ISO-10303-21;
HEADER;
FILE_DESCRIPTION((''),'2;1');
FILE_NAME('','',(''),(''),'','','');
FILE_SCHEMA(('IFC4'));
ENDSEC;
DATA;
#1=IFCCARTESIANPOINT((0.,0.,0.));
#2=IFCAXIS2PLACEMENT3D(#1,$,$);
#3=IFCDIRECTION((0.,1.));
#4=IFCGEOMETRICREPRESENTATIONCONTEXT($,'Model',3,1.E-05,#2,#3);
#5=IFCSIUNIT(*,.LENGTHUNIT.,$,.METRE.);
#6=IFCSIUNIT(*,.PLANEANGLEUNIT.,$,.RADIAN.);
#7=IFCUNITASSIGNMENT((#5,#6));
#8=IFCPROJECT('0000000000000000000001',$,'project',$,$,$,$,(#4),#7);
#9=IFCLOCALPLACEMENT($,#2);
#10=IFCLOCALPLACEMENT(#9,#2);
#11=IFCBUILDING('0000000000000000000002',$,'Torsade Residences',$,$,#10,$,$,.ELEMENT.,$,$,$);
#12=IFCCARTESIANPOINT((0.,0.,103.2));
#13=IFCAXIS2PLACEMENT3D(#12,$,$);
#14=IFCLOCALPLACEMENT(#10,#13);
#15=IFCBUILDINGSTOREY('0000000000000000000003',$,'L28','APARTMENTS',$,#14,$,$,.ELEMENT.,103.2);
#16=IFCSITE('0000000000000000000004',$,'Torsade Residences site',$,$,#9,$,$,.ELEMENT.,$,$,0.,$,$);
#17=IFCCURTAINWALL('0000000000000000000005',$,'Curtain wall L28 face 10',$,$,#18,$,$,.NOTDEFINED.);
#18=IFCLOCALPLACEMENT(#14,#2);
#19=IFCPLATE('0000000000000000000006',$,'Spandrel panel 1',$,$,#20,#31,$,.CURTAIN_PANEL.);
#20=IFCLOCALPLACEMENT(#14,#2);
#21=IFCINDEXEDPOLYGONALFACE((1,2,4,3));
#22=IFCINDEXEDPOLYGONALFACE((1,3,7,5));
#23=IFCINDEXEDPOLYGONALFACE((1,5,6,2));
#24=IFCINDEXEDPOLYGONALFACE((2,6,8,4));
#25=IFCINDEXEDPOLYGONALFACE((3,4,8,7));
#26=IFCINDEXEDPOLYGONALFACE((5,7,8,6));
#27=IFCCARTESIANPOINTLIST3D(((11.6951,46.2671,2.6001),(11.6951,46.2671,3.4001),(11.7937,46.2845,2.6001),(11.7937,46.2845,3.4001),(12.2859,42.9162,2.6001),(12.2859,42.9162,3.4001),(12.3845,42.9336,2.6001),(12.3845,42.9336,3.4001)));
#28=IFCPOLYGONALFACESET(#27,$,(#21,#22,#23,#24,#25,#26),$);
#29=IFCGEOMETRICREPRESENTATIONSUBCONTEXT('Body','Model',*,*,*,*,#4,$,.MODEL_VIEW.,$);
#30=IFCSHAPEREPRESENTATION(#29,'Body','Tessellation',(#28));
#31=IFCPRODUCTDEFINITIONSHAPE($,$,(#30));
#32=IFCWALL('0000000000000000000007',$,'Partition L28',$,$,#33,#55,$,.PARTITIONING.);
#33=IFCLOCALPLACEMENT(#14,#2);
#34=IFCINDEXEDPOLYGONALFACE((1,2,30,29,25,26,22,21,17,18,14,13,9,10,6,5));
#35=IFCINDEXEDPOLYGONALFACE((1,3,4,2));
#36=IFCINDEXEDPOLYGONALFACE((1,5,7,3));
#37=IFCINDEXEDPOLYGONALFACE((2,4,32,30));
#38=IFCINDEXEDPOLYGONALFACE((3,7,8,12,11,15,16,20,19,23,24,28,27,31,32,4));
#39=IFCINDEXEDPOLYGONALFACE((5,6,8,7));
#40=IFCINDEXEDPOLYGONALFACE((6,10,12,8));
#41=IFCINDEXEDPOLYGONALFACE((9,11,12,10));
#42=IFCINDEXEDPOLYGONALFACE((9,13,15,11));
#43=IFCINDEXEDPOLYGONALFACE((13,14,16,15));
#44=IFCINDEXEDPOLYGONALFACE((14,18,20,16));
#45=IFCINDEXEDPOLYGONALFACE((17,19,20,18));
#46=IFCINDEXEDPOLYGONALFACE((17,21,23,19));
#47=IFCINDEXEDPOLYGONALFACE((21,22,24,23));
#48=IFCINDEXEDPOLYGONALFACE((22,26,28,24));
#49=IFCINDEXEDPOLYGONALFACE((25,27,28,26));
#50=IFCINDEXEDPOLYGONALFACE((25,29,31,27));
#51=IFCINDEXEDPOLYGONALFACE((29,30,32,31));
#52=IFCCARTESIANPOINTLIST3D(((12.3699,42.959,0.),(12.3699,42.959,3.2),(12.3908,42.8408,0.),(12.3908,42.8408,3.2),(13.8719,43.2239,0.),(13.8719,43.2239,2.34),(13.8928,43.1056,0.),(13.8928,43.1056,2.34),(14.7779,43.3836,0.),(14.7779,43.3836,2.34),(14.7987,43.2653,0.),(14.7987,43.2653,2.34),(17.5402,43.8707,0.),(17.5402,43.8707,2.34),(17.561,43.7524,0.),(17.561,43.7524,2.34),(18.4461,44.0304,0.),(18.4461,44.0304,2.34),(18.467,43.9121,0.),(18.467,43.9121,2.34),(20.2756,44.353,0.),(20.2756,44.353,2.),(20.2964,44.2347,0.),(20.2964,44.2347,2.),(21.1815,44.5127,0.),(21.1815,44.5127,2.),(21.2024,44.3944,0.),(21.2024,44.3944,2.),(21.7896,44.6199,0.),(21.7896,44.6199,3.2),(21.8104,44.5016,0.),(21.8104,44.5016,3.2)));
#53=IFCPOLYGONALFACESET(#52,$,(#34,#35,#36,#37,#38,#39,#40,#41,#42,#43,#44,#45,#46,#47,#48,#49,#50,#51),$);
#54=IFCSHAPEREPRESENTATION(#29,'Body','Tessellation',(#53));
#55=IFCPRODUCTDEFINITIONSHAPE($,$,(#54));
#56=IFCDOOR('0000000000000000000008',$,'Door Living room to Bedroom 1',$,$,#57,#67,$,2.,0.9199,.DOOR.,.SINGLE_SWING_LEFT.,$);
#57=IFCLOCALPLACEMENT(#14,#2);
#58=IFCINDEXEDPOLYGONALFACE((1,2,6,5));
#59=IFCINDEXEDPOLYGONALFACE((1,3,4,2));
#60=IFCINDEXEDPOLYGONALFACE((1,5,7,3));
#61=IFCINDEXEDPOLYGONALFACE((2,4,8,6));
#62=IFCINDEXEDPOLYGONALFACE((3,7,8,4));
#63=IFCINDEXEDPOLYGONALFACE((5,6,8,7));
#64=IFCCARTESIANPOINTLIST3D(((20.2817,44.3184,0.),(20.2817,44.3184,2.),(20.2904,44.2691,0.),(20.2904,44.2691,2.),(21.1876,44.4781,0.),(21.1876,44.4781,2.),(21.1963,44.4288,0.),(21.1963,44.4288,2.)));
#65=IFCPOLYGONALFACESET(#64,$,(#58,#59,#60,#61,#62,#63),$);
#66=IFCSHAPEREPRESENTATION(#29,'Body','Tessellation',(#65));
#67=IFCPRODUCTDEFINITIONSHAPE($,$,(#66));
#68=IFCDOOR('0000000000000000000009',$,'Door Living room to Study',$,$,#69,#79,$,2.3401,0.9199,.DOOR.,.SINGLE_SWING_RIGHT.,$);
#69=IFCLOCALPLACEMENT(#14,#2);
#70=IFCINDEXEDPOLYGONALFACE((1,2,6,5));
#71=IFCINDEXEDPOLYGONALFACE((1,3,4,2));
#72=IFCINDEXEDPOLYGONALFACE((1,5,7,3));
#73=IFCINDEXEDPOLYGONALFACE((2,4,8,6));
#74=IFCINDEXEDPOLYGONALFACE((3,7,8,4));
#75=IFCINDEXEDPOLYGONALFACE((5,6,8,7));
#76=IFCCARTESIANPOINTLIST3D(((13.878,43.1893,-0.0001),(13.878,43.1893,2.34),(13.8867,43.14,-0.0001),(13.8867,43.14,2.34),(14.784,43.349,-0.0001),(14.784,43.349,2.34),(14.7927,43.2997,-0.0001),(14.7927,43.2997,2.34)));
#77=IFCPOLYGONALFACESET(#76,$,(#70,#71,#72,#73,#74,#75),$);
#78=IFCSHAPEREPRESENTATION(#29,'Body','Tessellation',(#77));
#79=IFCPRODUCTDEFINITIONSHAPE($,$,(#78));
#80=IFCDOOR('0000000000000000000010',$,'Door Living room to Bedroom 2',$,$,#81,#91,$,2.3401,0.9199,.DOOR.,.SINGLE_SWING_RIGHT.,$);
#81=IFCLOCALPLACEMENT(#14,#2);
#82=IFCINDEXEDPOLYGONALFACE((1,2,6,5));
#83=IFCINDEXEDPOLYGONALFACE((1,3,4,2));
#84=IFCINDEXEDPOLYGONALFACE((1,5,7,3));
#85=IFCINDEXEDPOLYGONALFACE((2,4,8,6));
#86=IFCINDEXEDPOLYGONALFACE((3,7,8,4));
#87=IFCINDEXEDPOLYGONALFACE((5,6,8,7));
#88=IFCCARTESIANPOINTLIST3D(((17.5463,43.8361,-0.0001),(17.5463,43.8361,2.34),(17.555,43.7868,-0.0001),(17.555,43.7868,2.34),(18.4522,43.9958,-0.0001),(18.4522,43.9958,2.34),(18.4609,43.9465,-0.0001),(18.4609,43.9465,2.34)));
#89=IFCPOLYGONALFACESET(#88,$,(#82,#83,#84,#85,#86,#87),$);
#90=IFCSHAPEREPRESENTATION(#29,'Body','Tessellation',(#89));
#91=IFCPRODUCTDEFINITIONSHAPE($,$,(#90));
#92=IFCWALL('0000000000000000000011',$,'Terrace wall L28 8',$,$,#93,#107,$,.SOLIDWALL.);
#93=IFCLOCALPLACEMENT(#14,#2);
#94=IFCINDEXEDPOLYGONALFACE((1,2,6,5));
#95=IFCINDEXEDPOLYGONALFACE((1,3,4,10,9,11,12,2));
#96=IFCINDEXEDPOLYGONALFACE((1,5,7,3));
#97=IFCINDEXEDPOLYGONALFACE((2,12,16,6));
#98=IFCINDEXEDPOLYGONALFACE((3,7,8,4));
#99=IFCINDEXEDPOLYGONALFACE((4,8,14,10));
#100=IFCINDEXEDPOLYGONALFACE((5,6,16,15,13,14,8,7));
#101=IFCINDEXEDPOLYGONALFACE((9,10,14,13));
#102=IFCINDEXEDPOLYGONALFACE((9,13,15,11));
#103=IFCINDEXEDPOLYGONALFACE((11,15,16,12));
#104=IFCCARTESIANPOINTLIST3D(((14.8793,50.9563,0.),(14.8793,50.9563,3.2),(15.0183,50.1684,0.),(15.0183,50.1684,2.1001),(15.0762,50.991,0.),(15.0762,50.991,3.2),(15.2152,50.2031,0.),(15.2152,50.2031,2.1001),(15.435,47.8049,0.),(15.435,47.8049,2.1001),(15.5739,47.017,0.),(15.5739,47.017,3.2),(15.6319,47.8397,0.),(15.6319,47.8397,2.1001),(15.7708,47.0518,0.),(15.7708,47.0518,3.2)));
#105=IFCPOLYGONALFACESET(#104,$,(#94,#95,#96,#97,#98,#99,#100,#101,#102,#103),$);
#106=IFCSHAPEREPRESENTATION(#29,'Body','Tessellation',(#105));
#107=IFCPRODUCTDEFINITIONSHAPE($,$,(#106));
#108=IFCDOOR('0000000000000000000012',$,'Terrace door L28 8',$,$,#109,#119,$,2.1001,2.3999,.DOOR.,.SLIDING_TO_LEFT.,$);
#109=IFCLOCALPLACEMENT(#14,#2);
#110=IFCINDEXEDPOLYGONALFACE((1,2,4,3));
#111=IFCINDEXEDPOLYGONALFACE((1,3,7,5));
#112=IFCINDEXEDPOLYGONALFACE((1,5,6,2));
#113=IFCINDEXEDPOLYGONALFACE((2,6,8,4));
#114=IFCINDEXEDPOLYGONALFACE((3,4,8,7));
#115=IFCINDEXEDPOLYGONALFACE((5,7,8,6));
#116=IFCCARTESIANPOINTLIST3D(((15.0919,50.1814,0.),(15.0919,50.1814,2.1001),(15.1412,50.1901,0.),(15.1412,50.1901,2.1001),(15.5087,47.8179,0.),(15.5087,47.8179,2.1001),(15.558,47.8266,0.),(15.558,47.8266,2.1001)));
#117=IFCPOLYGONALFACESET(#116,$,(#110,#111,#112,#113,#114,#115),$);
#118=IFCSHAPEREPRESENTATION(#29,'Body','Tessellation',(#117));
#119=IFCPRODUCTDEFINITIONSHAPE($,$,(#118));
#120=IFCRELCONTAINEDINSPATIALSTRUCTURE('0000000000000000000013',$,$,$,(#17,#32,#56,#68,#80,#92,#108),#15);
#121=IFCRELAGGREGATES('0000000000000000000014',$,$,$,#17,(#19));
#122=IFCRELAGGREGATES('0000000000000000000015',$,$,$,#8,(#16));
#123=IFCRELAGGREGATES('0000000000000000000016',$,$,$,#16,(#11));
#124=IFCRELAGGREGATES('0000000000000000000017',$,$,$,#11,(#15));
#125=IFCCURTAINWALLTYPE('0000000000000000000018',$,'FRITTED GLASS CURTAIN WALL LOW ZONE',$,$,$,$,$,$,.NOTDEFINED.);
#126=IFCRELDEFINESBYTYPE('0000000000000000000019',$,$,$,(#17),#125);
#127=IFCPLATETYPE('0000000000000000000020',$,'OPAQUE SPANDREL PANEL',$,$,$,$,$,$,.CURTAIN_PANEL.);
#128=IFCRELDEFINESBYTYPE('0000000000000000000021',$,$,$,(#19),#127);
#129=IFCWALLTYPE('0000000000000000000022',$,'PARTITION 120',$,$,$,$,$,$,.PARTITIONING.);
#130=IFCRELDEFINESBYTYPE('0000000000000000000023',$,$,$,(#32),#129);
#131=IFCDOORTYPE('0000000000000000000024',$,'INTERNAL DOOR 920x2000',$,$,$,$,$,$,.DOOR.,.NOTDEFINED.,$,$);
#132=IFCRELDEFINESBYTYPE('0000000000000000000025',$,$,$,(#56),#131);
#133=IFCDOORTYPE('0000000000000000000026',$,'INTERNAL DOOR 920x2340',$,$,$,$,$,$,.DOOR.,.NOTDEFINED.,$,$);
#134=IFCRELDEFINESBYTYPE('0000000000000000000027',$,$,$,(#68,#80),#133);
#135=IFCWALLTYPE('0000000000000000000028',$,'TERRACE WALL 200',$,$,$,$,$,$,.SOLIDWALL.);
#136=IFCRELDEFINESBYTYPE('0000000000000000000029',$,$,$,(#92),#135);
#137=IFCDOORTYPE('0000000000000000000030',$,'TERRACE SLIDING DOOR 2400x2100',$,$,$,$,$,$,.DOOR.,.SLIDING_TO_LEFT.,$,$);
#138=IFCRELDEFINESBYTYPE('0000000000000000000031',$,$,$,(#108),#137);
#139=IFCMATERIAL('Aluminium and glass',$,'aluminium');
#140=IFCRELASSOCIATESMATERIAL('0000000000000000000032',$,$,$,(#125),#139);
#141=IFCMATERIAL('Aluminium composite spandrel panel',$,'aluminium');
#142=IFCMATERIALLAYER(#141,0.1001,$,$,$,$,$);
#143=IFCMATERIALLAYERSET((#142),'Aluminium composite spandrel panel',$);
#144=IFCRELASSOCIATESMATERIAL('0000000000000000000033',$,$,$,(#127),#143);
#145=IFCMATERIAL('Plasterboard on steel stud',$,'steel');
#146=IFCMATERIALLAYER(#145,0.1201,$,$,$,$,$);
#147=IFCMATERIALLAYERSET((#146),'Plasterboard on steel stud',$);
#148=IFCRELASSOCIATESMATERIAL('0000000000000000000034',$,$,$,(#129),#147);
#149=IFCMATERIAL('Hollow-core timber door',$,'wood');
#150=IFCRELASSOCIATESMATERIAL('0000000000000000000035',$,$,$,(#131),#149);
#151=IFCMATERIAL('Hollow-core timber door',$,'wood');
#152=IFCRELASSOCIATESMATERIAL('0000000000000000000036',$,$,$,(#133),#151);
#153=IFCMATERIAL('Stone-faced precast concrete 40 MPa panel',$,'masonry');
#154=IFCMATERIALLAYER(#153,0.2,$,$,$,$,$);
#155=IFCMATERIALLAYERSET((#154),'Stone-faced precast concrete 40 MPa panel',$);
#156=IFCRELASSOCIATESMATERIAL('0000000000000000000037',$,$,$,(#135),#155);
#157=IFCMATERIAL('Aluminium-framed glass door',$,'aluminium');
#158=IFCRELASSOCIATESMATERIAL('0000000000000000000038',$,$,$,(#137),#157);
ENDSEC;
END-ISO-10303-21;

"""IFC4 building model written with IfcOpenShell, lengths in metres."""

from ifc_helpers import new_model, si_unit, direction, frame, frame_2d, origin, origin_2d, place, context, subcontext, project, spatial, rectangle, extrude, material, layer, layer_set, type_object, element, fill, aggregate, save


model = new_model("IFC4")

# Units and contexts
model_context = context("Model", 3, precision=1e-05, world=origin(), true_north=direction((0.0, 1.0)))
body_context = subcontext(model_context, "Body", "Model", "MODEL_VIEW")
ifc_project = project(units=[si_unit("LENGTHUNIT", "METRE"), si_unit("PLANEANGLEUNIT", "RADIAN")], contexts=[model_context])

# Site, building, storey
site_placement = place(None, origin())
site = spatial("IfcSite", under=ifc_project, at=site_placement, Name="Torsade Residences site", CompositionType="ELEMENT", RefElevation=0.0)
building_placement = place(site_placement, origin())
building = spatial("IfcBuilding", under=site, at=building_placement, Name="Torsade Residences", CompositionType="ELEMENT")
storey_placement = place(building_placement, frame((0.0, 0.0, 103.2)))
storey = spatial("IfcBuildingStorey", under=building, at=storey_placement, Name="L28", Description="APARTMENTS", CompositionType="ELEMENT", Elevation=103.2)

# Shared definitions
ifc_material_1 = material(Name="Aluminium and glass", Category="aluminium")
curtain_wall_type = type_object("IfcCurtainWallType", Name="FRITTED GLASS CURTAIN WALL LOW ZONE", PredefinedType="NOTDEFINED", material=ifc_material_1)

# Curtain wall
curtain_wall_1_placement = place(storey_placement, origin())
curtain_wall_1 = element("IfcCurtainWall", 1, at=curtain_wall_1_placement, inside=storey, type_object=curtain_wall_type, Name="Curtain wall L28 face 10", PredefinedType="NOTDEFINED")

# Plate
ifc_material_2 = material(Name="Aluminium composite spandrel panel", Category="aluminium")
ifc_layer_1 = layer(ifc_material_2, 0.1001)
ifc_layer_set_1 = layer_set([ifc_layer_1], Name="Aluminium composite spandrel panel")
plate_type_1 = type_object("IfcPlateType", Name="OPAQUE SPANDREL PANEL", PredefinedType="CURTAIN_PANEL", material=ifc_layer_set_1)
plate_1_placement = place(storey_placement, frame((12.0398, 44.6003, 2.6001), z_axis=(0.0, 0.0, 1.0), x_axis=(0.173648, -0.984808, 0.0)))
plate_1 = element("IfcPlate", 2, at=plate_1_placement, type_object=plate_type_1, Name="Spandrel panel 1", PredefinedType="CURTAIN_PANEL", context=body_context, shape_type="SweptSolid", body=[
    extrude(rectangle(XDim=3.4026, YDim=0.1001, at=origin_2d()), origin(), (0.0, 0.0, 1.0), 0.8),
])
aggregate(curtain_wall_1, [plate_1])

# Wall, openings, doors
ifc_material_3 = material(Name="Plasterboard on steel stud", Category="steel")
ifc_layer_2 = layer(ifc_material_3, 0.1201)
ifc_layer_set_2 = layer_set([ifc_layer_2], Name="Plasterboard on steel stud")
wall_type_1 = type_object("IfcWallType", Name="PARTITION 120", PredefinedType="PARTITIONING", material=ifc_layer_set_2)
wall_1_placement = place(storey_placement, frame((12.3804, 42.8999, 0.0), z_axis=(0.0, 0.0, 1.0), x_axis=(0.984809, 0.173643, 0.0)))
wall_1 = element("IfcWall", 3, at=wall_1_placement, inside=storey, type_object=wall_type_1, Name="Partition L28", PredefinedType="PARTITIONING", context=body_context, shape_type="SweptSolid", body=[
    extrude(rectangle(XDim=9.5649, YDim=0.1201, at=frame_2d((4.7825, 0.0))), origin(), (0.0, 0.0, 1.0), 3.2),
])
opening_1_placement = place(wall_1_placement, frame((1.5251, 0.0, 0.0)))
opening_1 = element("IfcOpeningElement", 4, at=opening_1_placement, cuts=wall_1, PredefinedType="OPENING", context=body_context, shape_type="SweptSolid", body=[
    extrude(rectangle(XDim=0.9199, YDim=2.3401, at=frame_2d((0.46, 1.1699))), frame((0.0, 0.0701, 0.0), z_axis=(0.0, -1.0, 0.0), x_axis=(1.0, 0.0, 0.0)), (0.0, 0.0, 1.0), 0.1401),
])
opening_2_placement = place(wall_1_placement, frame((5.25, 0.0, 0.0)))
opening_2 = element("IfcOpeningElement", 5, at=opening_2_placement, cuts=wall_1, PredefinedType="OPENING", context=body_context, shape_type="SweptSolid", body=[
    extrude(rectangle(XDim=0.9199, YDim=2.3401, at=frame_2d((0.46, 1.1699))), frame((0.0, 0.0701, 0.0), z_axis=(0.0, -1.0, 0.0), x_axis=(1.0, 0.0, 0.0)), (0.0, 0.0, 1.0), 0.1401),
])
opening_3_placement = place(wall_1_placement, frame((8.0276, 0.0, 0.0)))
opening_3 = element("IfcOpeningElement", 6, at=opening_3_placement, cuts=wall_1, PredefinedType="OPENING", context=body_context, shape_type="SweptSolid", body=[
    extrude(rectangle(XDim=0.9199, YDim=2.0, at=frame_2d((0.46, 1.0))), frame((0.0, 0.0701, 0.0), z_axis=(0.0, -1.0, 0.0), x_axis=(1.0, 0.0, 0.0)), (0.0, 0.0, 1.0), 0.1401),
])
ifc_material_4 = material(Name="Hollow-core timber door", Category="wood")
door_type_1 = type_object("IfcDoorType", Name="INTERNAL DOOR 920x2000", OperationType="NOTDEFINED", PredefinedType="DOOR", material=ifc_material_4)
door_1_placement = place(opening_3_placement, origin())
door_1 = element("IfcDoor", 7, at=door_1_placement, inside=storey, type_object=door_type_1, Name="Door Living room to Bedroom 1", OperationType="SINGLE_SWING_LEFT", OverallHeight=2.0, OverallWidth=0.9199, PredefinedType="DOOR", context=body_context, shape_type="SweptSolid", body=[
    extrude(rectangle(XDim=0.9199, YDim=2.0, at=frame_2d((0.46, 1.0))), frame((0.0, 0.0249, 0.0), z_axis=(0.0, -1.0, 0.0), x_axis=(1.0, 0.0, 0.0)), (0.0, 0.0, 1.0), 0.05),
])
fill(opening_3, door_1)
ifc_material_5 = material(Name="Hollow-core timber door", Category="wood")
door_type_2 = type_object("IfcDoorType", Name="INTERNAL DOOR 920x2340", OperationType="NOTDEFINED", PredefinedType="DOOR", material=ifc_material_5)
door_2_placement = place(opening_1_placement, origin())
door_2 = element("IfcDoor", 8, at=door_2_placement, inside=storey, type_object=door_type_2, Name="Door Living room to Study", OperationType="SINGLE_SWING_RIGHT", OverallHeight=2.3401, OverallWidth=0.9199, PredefinedType="DOOR", context=body_context, shape_type="SweptSolid", body=[
    extrude(rectangle(XDim=0.9199, YDim=2.3401, at=frame_2d((0.46, 1.1699))), frame((0.0, 0.0249, 0.0), z_axis=(0.0, -1.0, 0.0), x_axis=(1.0, 0.0, 0.0)), (0.0, 0.0, 1.0), 0.05),
])
fill(opening_1, door_2)
door_3_placement = place(opening_2_placement, origin())
door_3 = element("IfcDoor", 9, at=door_3_placement, inside=storey, type_object=door_type_2, Name="Door Living room to Bedroom 2", OperationType="SINGLE_SWING_RIGHT", OverallHeight=2.3401, OverallWidth=0.9199, PredefinedType="DOOR", context=body_context, shape_type="SweptSolid", body=[
    extrude(rectangle(XDim=0.9199, YDim=2.3401, at=frame_2d((0.46, 1.1699))), frame((0.0, 0.0249, 0.0), z_axis=(0.0, -1.0, 0.0), x_axis=(1.0, 0.0, 0.0)), (0.0, 0.0, 1.0), 0.05),
])
fill(opening_2, door_3)

# Wall, opening, door
ifc_material_6 = material(Name="Stone-faced precast concrete 40 MPa panel", Category="masonry")
ifc_layer_3 = layer(ifc_material_6, 0.2)
ifc_layer_set_3 = layer_set([ifc_layer_3], Name="Stone-faced precast concrete 40 MPa panel")
wall_type_2 = type_object("IfcWallType", Name="TERRACE WALL 200", PredefinedType="SOLIDWALL", material=ifc_layer_set_3)
wall_2_placement = place(storey_placement, frame((14.9778, 50.9736, 0.0), z_axis=(0.0, 0.0, 1.0), x_axis=(0.173646, -0.984808, 0.0)))
wall_2 = element("IfcWall", 10, at=wall_2_placement, inside=storey, type_object=wall_type_2, Name="Terrace wall L28 8", PredefinedType="SOLIDWALL", context=body_context, shape_type="SweptSolid", body=[
    extrude(rectangle(XDim=4.0, YDim=0.2, at=frame_2d((2.0, 0.0))), origin(), (0.0, 0.0, 1.0), 3.2),
])
opening_4_placement = place(wall_2_placement, frame((0.8, 0.0, 0.0)))
opening_4 = element("IfcOpeningElement", 11, at=opening_4_placement, cuts=wall_2, PredefinedType="OPENING", context=body_context, shape_type="SweptSolid", body=[
    extrude(rectangle(XDim=2.3999, YDim=2.1001, at=frame_2d((1.2, 1.05))), frame((0.0, 0.1099, 0.0), z_axis=(0.0, -1.0, 0.0), x_axis=(1.0, 0.0, 0.0)), (0.0, 0.0, 1.0), 0.22),
])
ifc_material_7 = material(Name="Aluminium-framed glass door", Category="aluminium")
door_type_3 = type_object("IfcDoorType", Name="TERRACE SLIDING DOOR 2400x2100", OperationType="SLIDING_TO_LEFT", PredefinedType="DOOR", material=ifc_material_7)
door_4_placement = place(opening_4_placement, origin())
door_4 = element("IfcDoor", 12, at=door_4_placement, inside=storey, type_object=door_type_3, Name="Terrace door L28 8", OperationType="SLIDING_TO_LEFT", OverallHeight=2.1001, OverallWidth=2.3999, PredefinedType="DOOR", context=body_context, shape_type="SweptSolid", body=[
    extrude(rectangle(XDim=2.3999, YDim=2.1001, at=frame_2d((1.2, 1.05))), frame((0.0, 0.0249, 0.0), z_axis=(0.0, -1.0, 0.0), x_axis=(1.0, 0.0, 0.0)), (0.0, 0.0, 1.0), 0.05),
])
fill(opening_4, door_4)

save(model, "model.ifc")
